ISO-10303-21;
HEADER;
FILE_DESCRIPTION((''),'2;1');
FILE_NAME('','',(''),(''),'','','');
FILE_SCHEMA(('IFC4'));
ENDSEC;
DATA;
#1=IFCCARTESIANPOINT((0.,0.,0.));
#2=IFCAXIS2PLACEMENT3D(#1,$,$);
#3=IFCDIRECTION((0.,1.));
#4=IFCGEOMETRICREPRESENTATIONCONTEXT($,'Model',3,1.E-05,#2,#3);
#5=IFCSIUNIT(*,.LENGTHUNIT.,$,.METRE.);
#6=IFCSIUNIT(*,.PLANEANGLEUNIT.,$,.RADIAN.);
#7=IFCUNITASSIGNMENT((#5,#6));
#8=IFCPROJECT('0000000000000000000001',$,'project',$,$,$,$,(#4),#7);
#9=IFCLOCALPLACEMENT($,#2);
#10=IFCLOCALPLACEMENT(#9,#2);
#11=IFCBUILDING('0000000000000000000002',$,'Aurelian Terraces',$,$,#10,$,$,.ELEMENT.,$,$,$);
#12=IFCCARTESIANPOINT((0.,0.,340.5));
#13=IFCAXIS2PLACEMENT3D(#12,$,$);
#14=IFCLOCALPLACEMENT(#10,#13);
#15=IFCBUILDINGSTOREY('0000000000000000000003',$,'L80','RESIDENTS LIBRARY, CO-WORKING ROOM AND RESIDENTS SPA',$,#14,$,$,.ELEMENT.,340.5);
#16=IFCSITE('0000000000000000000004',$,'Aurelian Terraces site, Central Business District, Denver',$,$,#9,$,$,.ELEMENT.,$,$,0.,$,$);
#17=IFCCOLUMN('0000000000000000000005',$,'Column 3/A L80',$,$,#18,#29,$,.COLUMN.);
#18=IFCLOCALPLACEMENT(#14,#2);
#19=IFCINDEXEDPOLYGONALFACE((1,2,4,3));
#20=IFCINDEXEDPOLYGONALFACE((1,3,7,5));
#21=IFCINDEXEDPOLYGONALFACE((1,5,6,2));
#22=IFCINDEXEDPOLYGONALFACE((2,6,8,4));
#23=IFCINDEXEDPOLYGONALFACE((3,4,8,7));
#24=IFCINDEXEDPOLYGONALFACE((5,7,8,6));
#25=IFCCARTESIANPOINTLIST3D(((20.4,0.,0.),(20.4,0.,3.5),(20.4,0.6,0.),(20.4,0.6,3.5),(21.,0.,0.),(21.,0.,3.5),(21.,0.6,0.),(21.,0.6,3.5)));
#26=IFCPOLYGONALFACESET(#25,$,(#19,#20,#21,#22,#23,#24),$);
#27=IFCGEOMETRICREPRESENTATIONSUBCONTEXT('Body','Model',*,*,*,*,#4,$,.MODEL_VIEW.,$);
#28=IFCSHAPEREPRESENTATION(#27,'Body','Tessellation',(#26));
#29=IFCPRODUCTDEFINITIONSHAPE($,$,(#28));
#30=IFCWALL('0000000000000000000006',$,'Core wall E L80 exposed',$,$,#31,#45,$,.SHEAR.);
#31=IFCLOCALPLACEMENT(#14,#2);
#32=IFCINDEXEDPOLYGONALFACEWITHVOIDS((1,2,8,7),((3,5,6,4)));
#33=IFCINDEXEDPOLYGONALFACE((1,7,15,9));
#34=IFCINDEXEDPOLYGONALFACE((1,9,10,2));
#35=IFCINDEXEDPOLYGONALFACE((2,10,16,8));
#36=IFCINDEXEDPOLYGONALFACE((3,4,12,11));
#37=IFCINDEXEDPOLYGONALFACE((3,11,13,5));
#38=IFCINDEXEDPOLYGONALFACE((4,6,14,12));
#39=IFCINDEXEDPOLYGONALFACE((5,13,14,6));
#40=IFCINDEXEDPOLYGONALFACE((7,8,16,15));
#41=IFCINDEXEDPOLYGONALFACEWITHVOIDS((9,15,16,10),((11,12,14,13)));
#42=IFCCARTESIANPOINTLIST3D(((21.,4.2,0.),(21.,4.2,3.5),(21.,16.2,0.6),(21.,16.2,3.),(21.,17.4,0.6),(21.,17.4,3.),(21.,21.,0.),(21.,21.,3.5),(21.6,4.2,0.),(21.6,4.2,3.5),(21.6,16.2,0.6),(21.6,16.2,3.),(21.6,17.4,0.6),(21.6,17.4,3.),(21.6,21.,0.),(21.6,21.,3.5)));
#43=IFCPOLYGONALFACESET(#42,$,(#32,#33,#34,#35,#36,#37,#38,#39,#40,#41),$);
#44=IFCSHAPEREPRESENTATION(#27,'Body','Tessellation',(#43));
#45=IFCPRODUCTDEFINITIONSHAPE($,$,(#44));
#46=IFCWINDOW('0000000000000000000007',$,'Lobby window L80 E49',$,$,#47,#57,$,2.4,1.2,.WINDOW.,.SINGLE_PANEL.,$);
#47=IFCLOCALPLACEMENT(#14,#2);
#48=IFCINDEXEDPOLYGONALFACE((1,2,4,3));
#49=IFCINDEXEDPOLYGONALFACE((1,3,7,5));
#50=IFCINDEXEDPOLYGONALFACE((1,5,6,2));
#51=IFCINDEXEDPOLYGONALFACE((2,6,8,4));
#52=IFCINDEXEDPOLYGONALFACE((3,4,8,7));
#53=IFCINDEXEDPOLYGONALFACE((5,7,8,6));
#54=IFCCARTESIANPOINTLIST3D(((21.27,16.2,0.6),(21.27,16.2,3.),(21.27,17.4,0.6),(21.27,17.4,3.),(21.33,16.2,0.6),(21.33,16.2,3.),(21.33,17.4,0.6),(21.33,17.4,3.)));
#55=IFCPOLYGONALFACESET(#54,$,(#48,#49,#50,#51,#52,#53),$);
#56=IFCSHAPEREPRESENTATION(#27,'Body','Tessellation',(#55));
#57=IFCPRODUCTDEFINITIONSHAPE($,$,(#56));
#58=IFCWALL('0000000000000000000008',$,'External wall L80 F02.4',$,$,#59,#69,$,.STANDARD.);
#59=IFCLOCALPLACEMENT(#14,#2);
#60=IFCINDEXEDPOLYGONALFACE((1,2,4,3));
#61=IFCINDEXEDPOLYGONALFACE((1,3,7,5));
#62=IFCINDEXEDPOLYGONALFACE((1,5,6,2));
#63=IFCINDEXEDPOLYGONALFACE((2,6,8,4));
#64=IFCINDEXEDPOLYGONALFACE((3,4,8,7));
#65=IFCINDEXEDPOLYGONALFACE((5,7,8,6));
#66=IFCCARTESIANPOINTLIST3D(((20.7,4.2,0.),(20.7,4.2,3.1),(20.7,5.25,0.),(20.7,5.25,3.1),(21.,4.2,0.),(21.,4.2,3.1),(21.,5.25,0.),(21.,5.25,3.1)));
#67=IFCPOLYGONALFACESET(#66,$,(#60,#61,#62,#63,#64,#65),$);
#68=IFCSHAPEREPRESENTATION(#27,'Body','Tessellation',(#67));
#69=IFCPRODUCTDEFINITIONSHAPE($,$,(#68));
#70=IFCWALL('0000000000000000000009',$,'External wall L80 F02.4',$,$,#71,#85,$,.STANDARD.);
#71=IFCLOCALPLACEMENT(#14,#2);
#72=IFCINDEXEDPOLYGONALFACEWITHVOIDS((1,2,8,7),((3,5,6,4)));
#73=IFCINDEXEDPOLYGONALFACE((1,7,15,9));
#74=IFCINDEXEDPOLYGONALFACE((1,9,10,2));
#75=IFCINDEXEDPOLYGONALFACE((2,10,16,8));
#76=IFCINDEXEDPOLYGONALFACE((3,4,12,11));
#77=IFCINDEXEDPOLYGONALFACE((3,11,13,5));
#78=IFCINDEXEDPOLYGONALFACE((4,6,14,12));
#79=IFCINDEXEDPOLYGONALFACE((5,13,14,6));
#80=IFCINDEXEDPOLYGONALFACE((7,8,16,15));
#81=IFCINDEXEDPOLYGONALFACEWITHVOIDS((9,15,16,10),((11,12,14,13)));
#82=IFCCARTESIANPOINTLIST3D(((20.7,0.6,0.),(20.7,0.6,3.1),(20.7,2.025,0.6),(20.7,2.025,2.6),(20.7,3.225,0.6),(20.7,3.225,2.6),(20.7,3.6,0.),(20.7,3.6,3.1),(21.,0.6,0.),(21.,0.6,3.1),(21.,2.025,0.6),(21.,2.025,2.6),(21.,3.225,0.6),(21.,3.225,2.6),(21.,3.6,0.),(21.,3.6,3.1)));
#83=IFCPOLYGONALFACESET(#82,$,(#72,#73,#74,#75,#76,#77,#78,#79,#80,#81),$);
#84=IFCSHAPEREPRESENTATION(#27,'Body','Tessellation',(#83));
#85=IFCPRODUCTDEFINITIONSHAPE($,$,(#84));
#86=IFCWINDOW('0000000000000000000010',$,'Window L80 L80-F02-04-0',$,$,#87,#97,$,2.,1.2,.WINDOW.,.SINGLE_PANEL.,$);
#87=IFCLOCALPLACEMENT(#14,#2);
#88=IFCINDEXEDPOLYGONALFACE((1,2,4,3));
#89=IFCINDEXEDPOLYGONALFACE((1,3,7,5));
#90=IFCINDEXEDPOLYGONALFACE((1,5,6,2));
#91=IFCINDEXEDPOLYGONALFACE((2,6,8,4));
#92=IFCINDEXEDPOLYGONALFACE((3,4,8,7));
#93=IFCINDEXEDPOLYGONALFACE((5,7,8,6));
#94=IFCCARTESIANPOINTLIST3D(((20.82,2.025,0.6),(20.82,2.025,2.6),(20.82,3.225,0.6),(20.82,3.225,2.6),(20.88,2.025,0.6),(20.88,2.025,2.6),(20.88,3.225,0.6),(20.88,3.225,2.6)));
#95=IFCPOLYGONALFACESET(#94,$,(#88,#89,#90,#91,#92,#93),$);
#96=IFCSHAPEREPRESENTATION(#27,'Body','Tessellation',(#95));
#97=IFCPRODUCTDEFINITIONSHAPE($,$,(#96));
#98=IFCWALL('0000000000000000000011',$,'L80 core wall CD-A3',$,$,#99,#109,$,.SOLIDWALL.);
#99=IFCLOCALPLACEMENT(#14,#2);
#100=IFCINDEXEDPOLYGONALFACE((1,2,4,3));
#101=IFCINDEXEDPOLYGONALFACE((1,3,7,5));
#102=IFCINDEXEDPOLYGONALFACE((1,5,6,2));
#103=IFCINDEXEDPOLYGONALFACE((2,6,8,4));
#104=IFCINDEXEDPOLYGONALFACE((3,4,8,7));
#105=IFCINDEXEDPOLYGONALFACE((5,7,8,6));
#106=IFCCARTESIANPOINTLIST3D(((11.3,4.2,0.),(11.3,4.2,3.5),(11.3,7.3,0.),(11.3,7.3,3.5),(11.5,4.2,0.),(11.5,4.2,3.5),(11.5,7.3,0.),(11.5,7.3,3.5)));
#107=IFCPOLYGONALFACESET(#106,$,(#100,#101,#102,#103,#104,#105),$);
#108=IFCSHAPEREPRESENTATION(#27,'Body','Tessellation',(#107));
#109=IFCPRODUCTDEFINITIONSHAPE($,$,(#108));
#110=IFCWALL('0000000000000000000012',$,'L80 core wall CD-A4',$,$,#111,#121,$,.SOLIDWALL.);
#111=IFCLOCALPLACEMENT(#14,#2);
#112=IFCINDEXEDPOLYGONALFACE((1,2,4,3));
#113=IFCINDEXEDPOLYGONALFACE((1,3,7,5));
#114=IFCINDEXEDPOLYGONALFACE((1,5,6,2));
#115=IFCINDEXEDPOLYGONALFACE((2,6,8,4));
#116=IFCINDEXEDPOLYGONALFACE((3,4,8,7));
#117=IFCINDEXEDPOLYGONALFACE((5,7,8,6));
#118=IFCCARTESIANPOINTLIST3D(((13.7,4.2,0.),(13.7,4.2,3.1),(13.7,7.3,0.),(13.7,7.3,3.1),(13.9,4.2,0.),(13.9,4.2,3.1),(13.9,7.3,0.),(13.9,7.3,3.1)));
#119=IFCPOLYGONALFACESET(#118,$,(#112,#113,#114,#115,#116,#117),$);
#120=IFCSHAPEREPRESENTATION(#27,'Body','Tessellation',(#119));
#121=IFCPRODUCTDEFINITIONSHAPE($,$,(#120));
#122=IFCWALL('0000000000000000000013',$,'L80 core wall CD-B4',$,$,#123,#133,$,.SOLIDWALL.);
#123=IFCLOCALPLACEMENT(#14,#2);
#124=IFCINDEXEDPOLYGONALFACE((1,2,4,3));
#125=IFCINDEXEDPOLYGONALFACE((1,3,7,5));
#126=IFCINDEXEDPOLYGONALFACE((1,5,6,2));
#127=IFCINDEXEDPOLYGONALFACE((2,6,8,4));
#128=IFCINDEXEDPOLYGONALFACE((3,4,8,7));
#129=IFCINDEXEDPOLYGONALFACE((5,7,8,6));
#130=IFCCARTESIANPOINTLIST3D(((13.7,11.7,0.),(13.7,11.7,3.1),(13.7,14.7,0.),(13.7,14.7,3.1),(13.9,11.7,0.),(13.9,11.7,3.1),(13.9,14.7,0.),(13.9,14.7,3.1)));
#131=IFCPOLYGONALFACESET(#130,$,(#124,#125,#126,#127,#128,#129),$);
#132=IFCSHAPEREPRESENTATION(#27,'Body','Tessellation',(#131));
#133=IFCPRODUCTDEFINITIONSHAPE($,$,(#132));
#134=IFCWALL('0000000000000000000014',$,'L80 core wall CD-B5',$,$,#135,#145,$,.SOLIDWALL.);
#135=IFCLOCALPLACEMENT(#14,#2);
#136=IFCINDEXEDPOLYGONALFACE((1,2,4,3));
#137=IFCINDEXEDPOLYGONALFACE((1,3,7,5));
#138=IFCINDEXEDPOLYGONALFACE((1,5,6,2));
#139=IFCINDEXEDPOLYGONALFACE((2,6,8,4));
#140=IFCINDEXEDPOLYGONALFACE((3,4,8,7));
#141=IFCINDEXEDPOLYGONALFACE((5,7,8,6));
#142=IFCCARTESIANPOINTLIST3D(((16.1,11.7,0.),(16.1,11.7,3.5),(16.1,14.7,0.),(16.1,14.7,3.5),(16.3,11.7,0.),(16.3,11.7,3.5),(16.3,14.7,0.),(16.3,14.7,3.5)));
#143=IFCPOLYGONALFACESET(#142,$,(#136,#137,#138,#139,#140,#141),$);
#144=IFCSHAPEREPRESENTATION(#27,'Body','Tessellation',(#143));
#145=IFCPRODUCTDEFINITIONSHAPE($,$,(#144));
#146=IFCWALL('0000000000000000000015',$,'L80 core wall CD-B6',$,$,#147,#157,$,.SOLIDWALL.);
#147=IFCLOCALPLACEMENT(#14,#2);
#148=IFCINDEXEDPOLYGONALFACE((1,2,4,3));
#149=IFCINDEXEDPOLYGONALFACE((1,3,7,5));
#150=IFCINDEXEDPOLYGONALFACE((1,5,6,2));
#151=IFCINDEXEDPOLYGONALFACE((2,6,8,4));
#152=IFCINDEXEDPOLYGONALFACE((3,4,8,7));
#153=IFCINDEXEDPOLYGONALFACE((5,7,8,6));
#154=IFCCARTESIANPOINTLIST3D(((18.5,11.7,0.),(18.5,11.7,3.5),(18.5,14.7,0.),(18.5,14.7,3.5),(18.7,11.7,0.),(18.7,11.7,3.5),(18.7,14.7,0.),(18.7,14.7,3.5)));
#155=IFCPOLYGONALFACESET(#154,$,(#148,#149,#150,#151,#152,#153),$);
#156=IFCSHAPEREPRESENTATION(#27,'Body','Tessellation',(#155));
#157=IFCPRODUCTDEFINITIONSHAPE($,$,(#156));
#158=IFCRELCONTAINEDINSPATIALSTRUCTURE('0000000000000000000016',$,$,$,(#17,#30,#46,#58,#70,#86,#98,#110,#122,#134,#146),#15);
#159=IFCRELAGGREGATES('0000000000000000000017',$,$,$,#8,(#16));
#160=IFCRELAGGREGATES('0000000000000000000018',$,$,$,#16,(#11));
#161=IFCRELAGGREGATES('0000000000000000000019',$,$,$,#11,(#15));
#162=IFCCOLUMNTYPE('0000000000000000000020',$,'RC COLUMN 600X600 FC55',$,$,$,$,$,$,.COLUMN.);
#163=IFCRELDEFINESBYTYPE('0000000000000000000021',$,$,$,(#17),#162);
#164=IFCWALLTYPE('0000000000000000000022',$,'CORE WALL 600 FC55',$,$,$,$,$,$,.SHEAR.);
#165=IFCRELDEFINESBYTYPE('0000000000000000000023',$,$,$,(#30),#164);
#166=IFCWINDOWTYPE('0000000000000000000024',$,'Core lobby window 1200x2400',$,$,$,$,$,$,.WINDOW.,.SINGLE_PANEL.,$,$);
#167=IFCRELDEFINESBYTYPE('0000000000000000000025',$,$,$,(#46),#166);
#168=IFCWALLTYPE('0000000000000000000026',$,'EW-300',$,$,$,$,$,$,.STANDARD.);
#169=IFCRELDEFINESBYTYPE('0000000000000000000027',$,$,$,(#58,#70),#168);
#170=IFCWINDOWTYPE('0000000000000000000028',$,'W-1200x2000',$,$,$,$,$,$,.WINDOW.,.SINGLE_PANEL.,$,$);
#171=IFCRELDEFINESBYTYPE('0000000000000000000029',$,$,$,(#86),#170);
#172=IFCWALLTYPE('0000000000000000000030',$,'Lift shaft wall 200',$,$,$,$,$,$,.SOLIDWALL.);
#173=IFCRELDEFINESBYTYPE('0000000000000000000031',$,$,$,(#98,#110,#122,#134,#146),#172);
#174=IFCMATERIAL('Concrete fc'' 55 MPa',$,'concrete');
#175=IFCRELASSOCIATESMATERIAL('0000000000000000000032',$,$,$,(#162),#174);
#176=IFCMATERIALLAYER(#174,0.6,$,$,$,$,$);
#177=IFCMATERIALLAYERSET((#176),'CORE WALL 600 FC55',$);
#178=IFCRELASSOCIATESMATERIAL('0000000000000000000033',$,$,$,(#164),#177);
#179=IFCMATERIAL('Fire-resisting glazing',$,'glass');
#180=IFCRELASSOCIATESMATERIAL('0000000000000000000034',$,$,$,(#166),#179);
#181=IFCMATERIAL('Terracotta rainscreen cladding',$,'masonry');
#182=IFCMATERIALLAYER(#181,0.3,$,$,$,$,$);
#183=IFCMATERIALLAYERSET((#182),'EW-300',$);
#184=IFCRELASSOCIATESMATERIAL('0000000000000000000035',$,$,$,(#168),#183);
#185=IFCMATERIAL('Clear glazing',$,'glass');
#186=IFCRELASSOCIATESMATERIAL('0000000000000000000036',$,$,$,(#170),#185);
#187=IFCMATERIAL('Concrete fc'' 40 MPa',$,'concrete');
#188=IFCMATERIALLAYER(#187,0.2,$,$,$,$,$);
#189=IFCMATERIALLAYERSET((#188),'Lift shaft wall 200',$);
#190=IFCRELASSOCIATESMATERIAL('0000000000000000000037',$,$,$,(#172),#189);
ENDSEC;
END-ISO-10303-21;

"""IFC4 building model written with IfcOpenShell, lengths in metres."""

from ifc_helpers import new_model, si_unit, direction, frame, frame_2d, origin, origin_2d, place, context, subcontext, project, spatial, rectangle, extrude, source, transform, mapped, material, layer, layer_set, material_profile, profile_set, type_object, element, fill, save


model = new_model("IFC4")

# Units and contexts
model_context = context("Model", 3, precision=1e-05, world=origin(), true_north=direction((0.0, 1.0)))
body_context = subcontext(model_context, "Body", "Model", "MODEL_VIEW")
ifc_project = project(units=[si_unit("LENGTHUNIT", "METRE"), si_unit("PLANEANGLEUNIT", "RADIAN")], contexts=[model_context])

# Site, building, storey
site_placement = place(None, origin())
site = spatial("IfcSite", under=ifc_project, at=site_placement, Name="Aurelian Terraces site, Central Business District, Denver", CompositionType="ELEMENT", RefElevation=0.0)
building_placement = place(site_placement, origin())
building = spatial("IfcBuilding", under=site, at=building_placement, Name="Aurelian Terraces", CompositionType="ELEMENT")
storey_placement = place(building_placement, frame((0.0, 0.0, 340.5)))
storey = spatial("IfcBuildingStorey", under=building, at=storey_placement, Name="L80", Description="RESIDENTS LIBRARY, CO-WORKING ROOM AND RESIDENTS SPA", CompositionType="ELEMENT", Elevation=340.5)

# Column
ifc_material_1 = material(Name="Concrete fc' 55 MPa", Category="concrete")
ifc_material_profile = material_profile(ifc_material_1, rectangle(XDim=0.6, YDim=0.6, at=origin_2d()))
ifc_profile_set = profile_set([ifc_material_profile], Name="Concrete fc' 55 MPa")
column_type = type_object("IfcColumnType", Name="RC COLUMN 600X600 FC55", PredefinedType="COLUMN", material=ifc_profile_set)
shared_shape_1 = source(origin(), body_context, "Body", "SweptSolid", [
    extrude(rectangle(XDim=0.6, YDim=0.6, at=origin_2d()), origin(), (0.0, 0.0, 1.0), 3.5),
])
column_placement = place(storey_placement, frame((20.7, 0.3, 0.0), z_axis=(0.0, 0.0, 1.0), x_axis=(1.0, 0.0, 0.0)))
element("IfcColumn", 1, at=column_placement, inside=storey, type_object=column_type, Name="Column 3/A L80", PredefinedType="COLUMN", context=body_context, shape_type="MappedRepresentation", body=[
    mapped(shared_shape_1, transform((0.0, 0.0, 0.0), scale=1.0)),
])

# Wall, opening, window
ifc_layer_1 = layer(ifc_material_1, 0.6)
ifc_layer_set_1 = layer_set([ifc_layer_1], Name="CORE WALL 600 FC55")
wall_type_1 = type_object("IfcWallType", Name="CORE WALL 600 FC55", PredefinedType="SHEAR", material=ifc_layer_set_1)
shared_shape_2 = source(origin(), body_context, "Body", "SweptSolid", [
    extrude(rectangle(XDim=16.8, YDim=0.6, at=frame_2d((8.4, 0.0))), origin(), (0.0, 0.0, 1.0), 3.5),
])
wall_1_placement = place(storey_placement, frame((21.3, 4.2, 0.0), z_axis=(0.0, 0.0, 1.0), x_axis=(0.0, 1.0, 0.0)))
wall_1 = element("IfcWall", 2, at=wall_1_placement, inside=storey, type_object=wall_type_1, Name="Core wall E L80 exposed", PredefinedType="SHEAR", context=body_context, shape_type="MappedRepresentation", body=[
    mapped(shared_shape_2, transform((0.0, 0.0, 0.0), scale=1.0)),
])
shared_shape_3 = source(origin(), body_context, "Body", "SweptSolid", [
    extrude(rectangle(XDim=1.2, YDim=2.4, at=frame_2d((0.6, 1.2))), frame((0.0, 0.31, 0.0), z_axis=(0.0, -1.0, 0.0), x_axis=(1.0, 0.0, 0.0)), (0.0, 0.0, 1.0), 0.62),
])
opening_1_placement = place(wall_1_placement, frame((12.0, 0.0, 0.6)))
opening_1 = element("IfcOpeningElement", 3, at=opening_1_placement, cuts=wall_1, PredefinedType="OPENING", context=body_context, shape_type="MappedRepresentation", body=[
    mapped(shared_shape_3, transform((0.0, 0.0, 0.0), scale=1.0)),
])
ifc_material_2 = material(Name="Fire-resisting glazing", Category="glass")
window_type_1 = type_object("IfcWindowType", Name="Core lobby window 1200x2400", PartitioningType="SINGLE_PANEL", PredefinedType="WINDOW", material=ifc_material_2)
shared_shape_4 = source(origin(), body_context, "Body", "SweptSolid", [
    extrude(rectangle(XDim=1.2, YDim=2.4, at=frame_2d((0.6, 1.2))), frame((0.0, 0.03, 0.0), z_axis=(0.0, -1.0, 0.0), x_axis=(1.0, 0.0, 0.0)), (0.0, 0.0, 1.0), 0.06),
])
window_1_placement = place(opening_1_placement, origin())
window_1 = element("IfcWindow", 4, at=window_1_placement, inside=storey, type_object=window_type_1, Name="Lobby window L80 E49", OverallHeight=2.4, OverallWidth=1.2, PartitioningType="SINGLE_PANEL", PredefinedType="WINDOW", context=body_context, shape_type="MappedRepresentation", body=[
    mapped(shared_shape_4, transform((0.0, 0.0, 0.0), scale=1.0)),
])
fill(opening_1, window_1)

# Wall
ifc_material_3 = material(Name="Terracotta rainscreen cladding", Category="masonry")
ifc_layer_2 = layer(ifc_material_3, 0.3)
ifc_layer_set_2 = layer_set([ifc_layer_2], Name="EW-300")
wall_type_2 = type_object("IfcWallType", Name="EW-300", PredefinedType="STANDARD", material=ifc_layer_set_2)
shared_shape_5 = source(origin(), body_context, "Body", "SweptSolid", [
    extrude(rectangle(XDim=1.05, YDim=0.3, at=frame_2d((0.525, 0.0))), origin(), (0.0, 0.0, 1.0), 3.1),
])
wall_2_placement = place(storey_placement, frame((20.85, 4.2, 0.0), z_axis=(0.0, 0.0, 1.0), x_axis=(0.0, 1.0, 0.0)))
element("IfcWall", 5, at=wall_2_placement, inside=storey, type_object=wall_type_2, Name="External wall L80 F02.4", PredefinedType="STANDARD", context=body_context, shape_type="MappedRepresentation", body=[
    mapped(shared_shape_5, transform((0.0, 0.0, 0.0), scale=1.0)),
])

# Wall, opening, window
shared_shape_6 = source(origin(), body_context, "Body", "SweptSolid", [
    extrude(rectangle(XDim=3.0, YDim=0.3, at=frame_2d((1.5, 0.0))), origin(), (0.0, 0.0, 1.0), 3.1),
])
wall_3_placement = place(storey_placement, frame((20.85, 0.6, 0.0), z_axis=(0.0, 0.0, 1.0), x_axis=(0.0, 1.0, 0.0)))
wall_3 = element("IfcWall", 6, at=wall_3_placement, inside=storey, type_object=wall_type_2, Name="External wall L80 F02.4", PredefinedType="STANDARD", context=body_context, shape_type="MappedRepresentation", body=[
    mapped(shared_shape_6, transform((0.0, 0.0, 0.0), scale=1.0)),
])
shared_shape_7 = source(origin(), body_context, "Body", "SweptSolid", [
    extrude(rectangle(XDim=1.2, YDim=2.0, at=frame_2d((0.6, 1.0))), frame((0.0, 0.16, 0.0), z_axis=(0.0, -1.0, 0.0), x_axis=(1.0, 0.0, 0.0)), (0.0, 0.0, 1.0), 0.32),
])
opening_2_placement = place(wall_3_placement, frame((1.425, 0.0, 0.6)))
opening_2 = element("IfcOpeningElement", 7, at=opening_2_placement, cuts=wall_3, PredefinedType="OPENING", context=body_context, shape_type="MappedRepresentation", body=[
    mapped(shared_shape_7, transform((0.0, 0.0, 0.0), scale=1.0)),
])
ifc_material_4 = material(Name="Clear glazing", Category="glass")
window_type_2 = type_object("IfcWindowType", Name="W-1200x2000", PartitioningType="SINGLE_PANEL", PredefinedType="WINDOW", material=ifc_material_4)
shared_shape_8 = source(origin(), body_context, "Body", "SweptSolid", [
    extrude(rectangle(XDim=1.2, YDim=2.0, at=frame_2d((0.6, 1.0))), frame((0.0, 0.03, 0.0), z_axis=(0.0, -1.0, 0.0), x_axis=(1.0, 0.0, 0.0)), (0.0, 0.0, 1.0), 0.06),
])
window_2_placement = place(opening_2_placement, origin())
window_2 = element("IfcWindow", 8, at=window_2_placement, inside=storey, type_object=window_type_2, Name="Window L80 L80-F02-04-0", OverallHeight=2.0, OverallWidth=1.2, PartitioningType="SINGLE_PANEL", PredefinedType="WINDOW", context=body_context, shape_type="MappedRepresentation", body=[
    mapped(shared_shape_8, transform((0.0, 0.0, 0.0), scale=1.0)),
])
fill(opening_2, window_2)

# Walls
ifc_material_5 = material(Name="Concrete fc' 40 MPa", Category="concrete")
ifc_layer_3 = layer(ifc_material_5, 0.2)
ifc_layer_set_3 = layer_set([ifc_layer_3], Name="Lift shaft wall 200")
wall_type_3 = type_object("IfcWallType", Name="Lift shaft wall 200", PredefinedType="SOLIDWALL", material=ifc_layer_set_3)
shared_shape_9 = source(origin(), body_context, "Body", "SweptSolid", [
    extrude(rectangle(XDim=3.1, YDim=0.2, at=frame_2d((1.55, 0.0))), origin(), (0.0, 0.0, 1.0), 3.5),
])
wall_4_placement = place(storey_placement, frame((11.4, 4.2, 0.0), z_axis=(0.0, 0.0, 1.0), x_axis=(0.0, 1.0, 0.0)))
element("IfcWall", 9, at=wall_4_placement, inside=storey, type_object=wall_type_3, Name="L80 core wall CD-A3", PredefinedType="SOLIDWALL", context=body_context, shape_type="MappedRepresentation", body=[
    mapped(shared_shape_9, transform((0.0, 0.0, 0.0), scale=1.0)),
])
shared_shape_10 = source(origin(), body_context, "Body", "SweptSolid", [
    extrude(rectangle(XDim=3.1, YDim=0.2, at=frame_2d((1.55, 0.0))), origin(), (0.0, 0.0, 1.0), 3.1),
])
wall_5_placement = place(storey_placement, frame((13.8, 4.2, 0.0), z_axis=(0.0, 0.0, 1.0), x_axis=(0.0, 1.0, 0.0)))
element("IfcWall", 10, at=wall_5_placement, inside=storey, type_object=wall_type_3, Name="L80 core wall CD-A4", PredefinedType="SOLIDWALL", context=body_context, shape_type="MappedRepresentation", body=[
    mapped(shared_shape_10, transform((0.0, 0.0, 0.0), scale=1.0)),
])
shared_shape_11 = source(origin(), body_context, "Body", "SweptSolid", [
    extrude(rectangle(XDim=3.0, YDim=0.2, at=frame_2d((1.5, 0.0))), origin(), (0.0, 0.0, 1.0), 3.1),
])
wall_6_placement = place(storey_placement, frame((13.8, 11.7, 0.0), z_axis=(0.0, 0.0, 1.0), x_axis=(0.0, 1.0, 0.0)))
element("IfcWall", 11, at=wall_6_placement, inside=storey, type_object=wall_type_3, Name="L80 core wall CD-B4", PredefinedType="SOLIDWALL", context=body_context, shape_type="MappedRepresentation", body=[
    mapped(shared_shape_11, transform((0.0, 0.0, 0.0), scale=1.0)),
])
shared_shape_12 = source(origin(), body_context, "Body", "SweptSolid", [
    extrude(rectangle(XDim=3.0, YDim=0.2, at=frame_2d((1.5, 0.0))), origin(), (0.0, 0.0, 1.0), 3.5),
])
for number, where, z_axis, x_axis, name in (
    (12, (16.2, 11.7, 0.0), (0.0, 0.0, 1.0), (0.0, 1.0, 0.0), "L80 core wall CD-B5"),
    (13, (18.6, 11.7, 0.0), (0.0, 0.0, 1.0), (0.0, 1.0, 0.0), "L80 core wall CD-B6"),
):
    element("IfcWall", number, at=place(storey_placement, frame(where, z_axis=z_axis, x_axis=x_axis)), inside=storey, type_object=wall_type_3, Name=name, PredefinedType="SOLIDWALL", context=body_context, shape_type="MappedRepresentation", body=[
        mapped(shared_shape_12, transform((0.0, 0.0, 0.0), scale=1.0)),
    ])

save(model, "model.ifc")
